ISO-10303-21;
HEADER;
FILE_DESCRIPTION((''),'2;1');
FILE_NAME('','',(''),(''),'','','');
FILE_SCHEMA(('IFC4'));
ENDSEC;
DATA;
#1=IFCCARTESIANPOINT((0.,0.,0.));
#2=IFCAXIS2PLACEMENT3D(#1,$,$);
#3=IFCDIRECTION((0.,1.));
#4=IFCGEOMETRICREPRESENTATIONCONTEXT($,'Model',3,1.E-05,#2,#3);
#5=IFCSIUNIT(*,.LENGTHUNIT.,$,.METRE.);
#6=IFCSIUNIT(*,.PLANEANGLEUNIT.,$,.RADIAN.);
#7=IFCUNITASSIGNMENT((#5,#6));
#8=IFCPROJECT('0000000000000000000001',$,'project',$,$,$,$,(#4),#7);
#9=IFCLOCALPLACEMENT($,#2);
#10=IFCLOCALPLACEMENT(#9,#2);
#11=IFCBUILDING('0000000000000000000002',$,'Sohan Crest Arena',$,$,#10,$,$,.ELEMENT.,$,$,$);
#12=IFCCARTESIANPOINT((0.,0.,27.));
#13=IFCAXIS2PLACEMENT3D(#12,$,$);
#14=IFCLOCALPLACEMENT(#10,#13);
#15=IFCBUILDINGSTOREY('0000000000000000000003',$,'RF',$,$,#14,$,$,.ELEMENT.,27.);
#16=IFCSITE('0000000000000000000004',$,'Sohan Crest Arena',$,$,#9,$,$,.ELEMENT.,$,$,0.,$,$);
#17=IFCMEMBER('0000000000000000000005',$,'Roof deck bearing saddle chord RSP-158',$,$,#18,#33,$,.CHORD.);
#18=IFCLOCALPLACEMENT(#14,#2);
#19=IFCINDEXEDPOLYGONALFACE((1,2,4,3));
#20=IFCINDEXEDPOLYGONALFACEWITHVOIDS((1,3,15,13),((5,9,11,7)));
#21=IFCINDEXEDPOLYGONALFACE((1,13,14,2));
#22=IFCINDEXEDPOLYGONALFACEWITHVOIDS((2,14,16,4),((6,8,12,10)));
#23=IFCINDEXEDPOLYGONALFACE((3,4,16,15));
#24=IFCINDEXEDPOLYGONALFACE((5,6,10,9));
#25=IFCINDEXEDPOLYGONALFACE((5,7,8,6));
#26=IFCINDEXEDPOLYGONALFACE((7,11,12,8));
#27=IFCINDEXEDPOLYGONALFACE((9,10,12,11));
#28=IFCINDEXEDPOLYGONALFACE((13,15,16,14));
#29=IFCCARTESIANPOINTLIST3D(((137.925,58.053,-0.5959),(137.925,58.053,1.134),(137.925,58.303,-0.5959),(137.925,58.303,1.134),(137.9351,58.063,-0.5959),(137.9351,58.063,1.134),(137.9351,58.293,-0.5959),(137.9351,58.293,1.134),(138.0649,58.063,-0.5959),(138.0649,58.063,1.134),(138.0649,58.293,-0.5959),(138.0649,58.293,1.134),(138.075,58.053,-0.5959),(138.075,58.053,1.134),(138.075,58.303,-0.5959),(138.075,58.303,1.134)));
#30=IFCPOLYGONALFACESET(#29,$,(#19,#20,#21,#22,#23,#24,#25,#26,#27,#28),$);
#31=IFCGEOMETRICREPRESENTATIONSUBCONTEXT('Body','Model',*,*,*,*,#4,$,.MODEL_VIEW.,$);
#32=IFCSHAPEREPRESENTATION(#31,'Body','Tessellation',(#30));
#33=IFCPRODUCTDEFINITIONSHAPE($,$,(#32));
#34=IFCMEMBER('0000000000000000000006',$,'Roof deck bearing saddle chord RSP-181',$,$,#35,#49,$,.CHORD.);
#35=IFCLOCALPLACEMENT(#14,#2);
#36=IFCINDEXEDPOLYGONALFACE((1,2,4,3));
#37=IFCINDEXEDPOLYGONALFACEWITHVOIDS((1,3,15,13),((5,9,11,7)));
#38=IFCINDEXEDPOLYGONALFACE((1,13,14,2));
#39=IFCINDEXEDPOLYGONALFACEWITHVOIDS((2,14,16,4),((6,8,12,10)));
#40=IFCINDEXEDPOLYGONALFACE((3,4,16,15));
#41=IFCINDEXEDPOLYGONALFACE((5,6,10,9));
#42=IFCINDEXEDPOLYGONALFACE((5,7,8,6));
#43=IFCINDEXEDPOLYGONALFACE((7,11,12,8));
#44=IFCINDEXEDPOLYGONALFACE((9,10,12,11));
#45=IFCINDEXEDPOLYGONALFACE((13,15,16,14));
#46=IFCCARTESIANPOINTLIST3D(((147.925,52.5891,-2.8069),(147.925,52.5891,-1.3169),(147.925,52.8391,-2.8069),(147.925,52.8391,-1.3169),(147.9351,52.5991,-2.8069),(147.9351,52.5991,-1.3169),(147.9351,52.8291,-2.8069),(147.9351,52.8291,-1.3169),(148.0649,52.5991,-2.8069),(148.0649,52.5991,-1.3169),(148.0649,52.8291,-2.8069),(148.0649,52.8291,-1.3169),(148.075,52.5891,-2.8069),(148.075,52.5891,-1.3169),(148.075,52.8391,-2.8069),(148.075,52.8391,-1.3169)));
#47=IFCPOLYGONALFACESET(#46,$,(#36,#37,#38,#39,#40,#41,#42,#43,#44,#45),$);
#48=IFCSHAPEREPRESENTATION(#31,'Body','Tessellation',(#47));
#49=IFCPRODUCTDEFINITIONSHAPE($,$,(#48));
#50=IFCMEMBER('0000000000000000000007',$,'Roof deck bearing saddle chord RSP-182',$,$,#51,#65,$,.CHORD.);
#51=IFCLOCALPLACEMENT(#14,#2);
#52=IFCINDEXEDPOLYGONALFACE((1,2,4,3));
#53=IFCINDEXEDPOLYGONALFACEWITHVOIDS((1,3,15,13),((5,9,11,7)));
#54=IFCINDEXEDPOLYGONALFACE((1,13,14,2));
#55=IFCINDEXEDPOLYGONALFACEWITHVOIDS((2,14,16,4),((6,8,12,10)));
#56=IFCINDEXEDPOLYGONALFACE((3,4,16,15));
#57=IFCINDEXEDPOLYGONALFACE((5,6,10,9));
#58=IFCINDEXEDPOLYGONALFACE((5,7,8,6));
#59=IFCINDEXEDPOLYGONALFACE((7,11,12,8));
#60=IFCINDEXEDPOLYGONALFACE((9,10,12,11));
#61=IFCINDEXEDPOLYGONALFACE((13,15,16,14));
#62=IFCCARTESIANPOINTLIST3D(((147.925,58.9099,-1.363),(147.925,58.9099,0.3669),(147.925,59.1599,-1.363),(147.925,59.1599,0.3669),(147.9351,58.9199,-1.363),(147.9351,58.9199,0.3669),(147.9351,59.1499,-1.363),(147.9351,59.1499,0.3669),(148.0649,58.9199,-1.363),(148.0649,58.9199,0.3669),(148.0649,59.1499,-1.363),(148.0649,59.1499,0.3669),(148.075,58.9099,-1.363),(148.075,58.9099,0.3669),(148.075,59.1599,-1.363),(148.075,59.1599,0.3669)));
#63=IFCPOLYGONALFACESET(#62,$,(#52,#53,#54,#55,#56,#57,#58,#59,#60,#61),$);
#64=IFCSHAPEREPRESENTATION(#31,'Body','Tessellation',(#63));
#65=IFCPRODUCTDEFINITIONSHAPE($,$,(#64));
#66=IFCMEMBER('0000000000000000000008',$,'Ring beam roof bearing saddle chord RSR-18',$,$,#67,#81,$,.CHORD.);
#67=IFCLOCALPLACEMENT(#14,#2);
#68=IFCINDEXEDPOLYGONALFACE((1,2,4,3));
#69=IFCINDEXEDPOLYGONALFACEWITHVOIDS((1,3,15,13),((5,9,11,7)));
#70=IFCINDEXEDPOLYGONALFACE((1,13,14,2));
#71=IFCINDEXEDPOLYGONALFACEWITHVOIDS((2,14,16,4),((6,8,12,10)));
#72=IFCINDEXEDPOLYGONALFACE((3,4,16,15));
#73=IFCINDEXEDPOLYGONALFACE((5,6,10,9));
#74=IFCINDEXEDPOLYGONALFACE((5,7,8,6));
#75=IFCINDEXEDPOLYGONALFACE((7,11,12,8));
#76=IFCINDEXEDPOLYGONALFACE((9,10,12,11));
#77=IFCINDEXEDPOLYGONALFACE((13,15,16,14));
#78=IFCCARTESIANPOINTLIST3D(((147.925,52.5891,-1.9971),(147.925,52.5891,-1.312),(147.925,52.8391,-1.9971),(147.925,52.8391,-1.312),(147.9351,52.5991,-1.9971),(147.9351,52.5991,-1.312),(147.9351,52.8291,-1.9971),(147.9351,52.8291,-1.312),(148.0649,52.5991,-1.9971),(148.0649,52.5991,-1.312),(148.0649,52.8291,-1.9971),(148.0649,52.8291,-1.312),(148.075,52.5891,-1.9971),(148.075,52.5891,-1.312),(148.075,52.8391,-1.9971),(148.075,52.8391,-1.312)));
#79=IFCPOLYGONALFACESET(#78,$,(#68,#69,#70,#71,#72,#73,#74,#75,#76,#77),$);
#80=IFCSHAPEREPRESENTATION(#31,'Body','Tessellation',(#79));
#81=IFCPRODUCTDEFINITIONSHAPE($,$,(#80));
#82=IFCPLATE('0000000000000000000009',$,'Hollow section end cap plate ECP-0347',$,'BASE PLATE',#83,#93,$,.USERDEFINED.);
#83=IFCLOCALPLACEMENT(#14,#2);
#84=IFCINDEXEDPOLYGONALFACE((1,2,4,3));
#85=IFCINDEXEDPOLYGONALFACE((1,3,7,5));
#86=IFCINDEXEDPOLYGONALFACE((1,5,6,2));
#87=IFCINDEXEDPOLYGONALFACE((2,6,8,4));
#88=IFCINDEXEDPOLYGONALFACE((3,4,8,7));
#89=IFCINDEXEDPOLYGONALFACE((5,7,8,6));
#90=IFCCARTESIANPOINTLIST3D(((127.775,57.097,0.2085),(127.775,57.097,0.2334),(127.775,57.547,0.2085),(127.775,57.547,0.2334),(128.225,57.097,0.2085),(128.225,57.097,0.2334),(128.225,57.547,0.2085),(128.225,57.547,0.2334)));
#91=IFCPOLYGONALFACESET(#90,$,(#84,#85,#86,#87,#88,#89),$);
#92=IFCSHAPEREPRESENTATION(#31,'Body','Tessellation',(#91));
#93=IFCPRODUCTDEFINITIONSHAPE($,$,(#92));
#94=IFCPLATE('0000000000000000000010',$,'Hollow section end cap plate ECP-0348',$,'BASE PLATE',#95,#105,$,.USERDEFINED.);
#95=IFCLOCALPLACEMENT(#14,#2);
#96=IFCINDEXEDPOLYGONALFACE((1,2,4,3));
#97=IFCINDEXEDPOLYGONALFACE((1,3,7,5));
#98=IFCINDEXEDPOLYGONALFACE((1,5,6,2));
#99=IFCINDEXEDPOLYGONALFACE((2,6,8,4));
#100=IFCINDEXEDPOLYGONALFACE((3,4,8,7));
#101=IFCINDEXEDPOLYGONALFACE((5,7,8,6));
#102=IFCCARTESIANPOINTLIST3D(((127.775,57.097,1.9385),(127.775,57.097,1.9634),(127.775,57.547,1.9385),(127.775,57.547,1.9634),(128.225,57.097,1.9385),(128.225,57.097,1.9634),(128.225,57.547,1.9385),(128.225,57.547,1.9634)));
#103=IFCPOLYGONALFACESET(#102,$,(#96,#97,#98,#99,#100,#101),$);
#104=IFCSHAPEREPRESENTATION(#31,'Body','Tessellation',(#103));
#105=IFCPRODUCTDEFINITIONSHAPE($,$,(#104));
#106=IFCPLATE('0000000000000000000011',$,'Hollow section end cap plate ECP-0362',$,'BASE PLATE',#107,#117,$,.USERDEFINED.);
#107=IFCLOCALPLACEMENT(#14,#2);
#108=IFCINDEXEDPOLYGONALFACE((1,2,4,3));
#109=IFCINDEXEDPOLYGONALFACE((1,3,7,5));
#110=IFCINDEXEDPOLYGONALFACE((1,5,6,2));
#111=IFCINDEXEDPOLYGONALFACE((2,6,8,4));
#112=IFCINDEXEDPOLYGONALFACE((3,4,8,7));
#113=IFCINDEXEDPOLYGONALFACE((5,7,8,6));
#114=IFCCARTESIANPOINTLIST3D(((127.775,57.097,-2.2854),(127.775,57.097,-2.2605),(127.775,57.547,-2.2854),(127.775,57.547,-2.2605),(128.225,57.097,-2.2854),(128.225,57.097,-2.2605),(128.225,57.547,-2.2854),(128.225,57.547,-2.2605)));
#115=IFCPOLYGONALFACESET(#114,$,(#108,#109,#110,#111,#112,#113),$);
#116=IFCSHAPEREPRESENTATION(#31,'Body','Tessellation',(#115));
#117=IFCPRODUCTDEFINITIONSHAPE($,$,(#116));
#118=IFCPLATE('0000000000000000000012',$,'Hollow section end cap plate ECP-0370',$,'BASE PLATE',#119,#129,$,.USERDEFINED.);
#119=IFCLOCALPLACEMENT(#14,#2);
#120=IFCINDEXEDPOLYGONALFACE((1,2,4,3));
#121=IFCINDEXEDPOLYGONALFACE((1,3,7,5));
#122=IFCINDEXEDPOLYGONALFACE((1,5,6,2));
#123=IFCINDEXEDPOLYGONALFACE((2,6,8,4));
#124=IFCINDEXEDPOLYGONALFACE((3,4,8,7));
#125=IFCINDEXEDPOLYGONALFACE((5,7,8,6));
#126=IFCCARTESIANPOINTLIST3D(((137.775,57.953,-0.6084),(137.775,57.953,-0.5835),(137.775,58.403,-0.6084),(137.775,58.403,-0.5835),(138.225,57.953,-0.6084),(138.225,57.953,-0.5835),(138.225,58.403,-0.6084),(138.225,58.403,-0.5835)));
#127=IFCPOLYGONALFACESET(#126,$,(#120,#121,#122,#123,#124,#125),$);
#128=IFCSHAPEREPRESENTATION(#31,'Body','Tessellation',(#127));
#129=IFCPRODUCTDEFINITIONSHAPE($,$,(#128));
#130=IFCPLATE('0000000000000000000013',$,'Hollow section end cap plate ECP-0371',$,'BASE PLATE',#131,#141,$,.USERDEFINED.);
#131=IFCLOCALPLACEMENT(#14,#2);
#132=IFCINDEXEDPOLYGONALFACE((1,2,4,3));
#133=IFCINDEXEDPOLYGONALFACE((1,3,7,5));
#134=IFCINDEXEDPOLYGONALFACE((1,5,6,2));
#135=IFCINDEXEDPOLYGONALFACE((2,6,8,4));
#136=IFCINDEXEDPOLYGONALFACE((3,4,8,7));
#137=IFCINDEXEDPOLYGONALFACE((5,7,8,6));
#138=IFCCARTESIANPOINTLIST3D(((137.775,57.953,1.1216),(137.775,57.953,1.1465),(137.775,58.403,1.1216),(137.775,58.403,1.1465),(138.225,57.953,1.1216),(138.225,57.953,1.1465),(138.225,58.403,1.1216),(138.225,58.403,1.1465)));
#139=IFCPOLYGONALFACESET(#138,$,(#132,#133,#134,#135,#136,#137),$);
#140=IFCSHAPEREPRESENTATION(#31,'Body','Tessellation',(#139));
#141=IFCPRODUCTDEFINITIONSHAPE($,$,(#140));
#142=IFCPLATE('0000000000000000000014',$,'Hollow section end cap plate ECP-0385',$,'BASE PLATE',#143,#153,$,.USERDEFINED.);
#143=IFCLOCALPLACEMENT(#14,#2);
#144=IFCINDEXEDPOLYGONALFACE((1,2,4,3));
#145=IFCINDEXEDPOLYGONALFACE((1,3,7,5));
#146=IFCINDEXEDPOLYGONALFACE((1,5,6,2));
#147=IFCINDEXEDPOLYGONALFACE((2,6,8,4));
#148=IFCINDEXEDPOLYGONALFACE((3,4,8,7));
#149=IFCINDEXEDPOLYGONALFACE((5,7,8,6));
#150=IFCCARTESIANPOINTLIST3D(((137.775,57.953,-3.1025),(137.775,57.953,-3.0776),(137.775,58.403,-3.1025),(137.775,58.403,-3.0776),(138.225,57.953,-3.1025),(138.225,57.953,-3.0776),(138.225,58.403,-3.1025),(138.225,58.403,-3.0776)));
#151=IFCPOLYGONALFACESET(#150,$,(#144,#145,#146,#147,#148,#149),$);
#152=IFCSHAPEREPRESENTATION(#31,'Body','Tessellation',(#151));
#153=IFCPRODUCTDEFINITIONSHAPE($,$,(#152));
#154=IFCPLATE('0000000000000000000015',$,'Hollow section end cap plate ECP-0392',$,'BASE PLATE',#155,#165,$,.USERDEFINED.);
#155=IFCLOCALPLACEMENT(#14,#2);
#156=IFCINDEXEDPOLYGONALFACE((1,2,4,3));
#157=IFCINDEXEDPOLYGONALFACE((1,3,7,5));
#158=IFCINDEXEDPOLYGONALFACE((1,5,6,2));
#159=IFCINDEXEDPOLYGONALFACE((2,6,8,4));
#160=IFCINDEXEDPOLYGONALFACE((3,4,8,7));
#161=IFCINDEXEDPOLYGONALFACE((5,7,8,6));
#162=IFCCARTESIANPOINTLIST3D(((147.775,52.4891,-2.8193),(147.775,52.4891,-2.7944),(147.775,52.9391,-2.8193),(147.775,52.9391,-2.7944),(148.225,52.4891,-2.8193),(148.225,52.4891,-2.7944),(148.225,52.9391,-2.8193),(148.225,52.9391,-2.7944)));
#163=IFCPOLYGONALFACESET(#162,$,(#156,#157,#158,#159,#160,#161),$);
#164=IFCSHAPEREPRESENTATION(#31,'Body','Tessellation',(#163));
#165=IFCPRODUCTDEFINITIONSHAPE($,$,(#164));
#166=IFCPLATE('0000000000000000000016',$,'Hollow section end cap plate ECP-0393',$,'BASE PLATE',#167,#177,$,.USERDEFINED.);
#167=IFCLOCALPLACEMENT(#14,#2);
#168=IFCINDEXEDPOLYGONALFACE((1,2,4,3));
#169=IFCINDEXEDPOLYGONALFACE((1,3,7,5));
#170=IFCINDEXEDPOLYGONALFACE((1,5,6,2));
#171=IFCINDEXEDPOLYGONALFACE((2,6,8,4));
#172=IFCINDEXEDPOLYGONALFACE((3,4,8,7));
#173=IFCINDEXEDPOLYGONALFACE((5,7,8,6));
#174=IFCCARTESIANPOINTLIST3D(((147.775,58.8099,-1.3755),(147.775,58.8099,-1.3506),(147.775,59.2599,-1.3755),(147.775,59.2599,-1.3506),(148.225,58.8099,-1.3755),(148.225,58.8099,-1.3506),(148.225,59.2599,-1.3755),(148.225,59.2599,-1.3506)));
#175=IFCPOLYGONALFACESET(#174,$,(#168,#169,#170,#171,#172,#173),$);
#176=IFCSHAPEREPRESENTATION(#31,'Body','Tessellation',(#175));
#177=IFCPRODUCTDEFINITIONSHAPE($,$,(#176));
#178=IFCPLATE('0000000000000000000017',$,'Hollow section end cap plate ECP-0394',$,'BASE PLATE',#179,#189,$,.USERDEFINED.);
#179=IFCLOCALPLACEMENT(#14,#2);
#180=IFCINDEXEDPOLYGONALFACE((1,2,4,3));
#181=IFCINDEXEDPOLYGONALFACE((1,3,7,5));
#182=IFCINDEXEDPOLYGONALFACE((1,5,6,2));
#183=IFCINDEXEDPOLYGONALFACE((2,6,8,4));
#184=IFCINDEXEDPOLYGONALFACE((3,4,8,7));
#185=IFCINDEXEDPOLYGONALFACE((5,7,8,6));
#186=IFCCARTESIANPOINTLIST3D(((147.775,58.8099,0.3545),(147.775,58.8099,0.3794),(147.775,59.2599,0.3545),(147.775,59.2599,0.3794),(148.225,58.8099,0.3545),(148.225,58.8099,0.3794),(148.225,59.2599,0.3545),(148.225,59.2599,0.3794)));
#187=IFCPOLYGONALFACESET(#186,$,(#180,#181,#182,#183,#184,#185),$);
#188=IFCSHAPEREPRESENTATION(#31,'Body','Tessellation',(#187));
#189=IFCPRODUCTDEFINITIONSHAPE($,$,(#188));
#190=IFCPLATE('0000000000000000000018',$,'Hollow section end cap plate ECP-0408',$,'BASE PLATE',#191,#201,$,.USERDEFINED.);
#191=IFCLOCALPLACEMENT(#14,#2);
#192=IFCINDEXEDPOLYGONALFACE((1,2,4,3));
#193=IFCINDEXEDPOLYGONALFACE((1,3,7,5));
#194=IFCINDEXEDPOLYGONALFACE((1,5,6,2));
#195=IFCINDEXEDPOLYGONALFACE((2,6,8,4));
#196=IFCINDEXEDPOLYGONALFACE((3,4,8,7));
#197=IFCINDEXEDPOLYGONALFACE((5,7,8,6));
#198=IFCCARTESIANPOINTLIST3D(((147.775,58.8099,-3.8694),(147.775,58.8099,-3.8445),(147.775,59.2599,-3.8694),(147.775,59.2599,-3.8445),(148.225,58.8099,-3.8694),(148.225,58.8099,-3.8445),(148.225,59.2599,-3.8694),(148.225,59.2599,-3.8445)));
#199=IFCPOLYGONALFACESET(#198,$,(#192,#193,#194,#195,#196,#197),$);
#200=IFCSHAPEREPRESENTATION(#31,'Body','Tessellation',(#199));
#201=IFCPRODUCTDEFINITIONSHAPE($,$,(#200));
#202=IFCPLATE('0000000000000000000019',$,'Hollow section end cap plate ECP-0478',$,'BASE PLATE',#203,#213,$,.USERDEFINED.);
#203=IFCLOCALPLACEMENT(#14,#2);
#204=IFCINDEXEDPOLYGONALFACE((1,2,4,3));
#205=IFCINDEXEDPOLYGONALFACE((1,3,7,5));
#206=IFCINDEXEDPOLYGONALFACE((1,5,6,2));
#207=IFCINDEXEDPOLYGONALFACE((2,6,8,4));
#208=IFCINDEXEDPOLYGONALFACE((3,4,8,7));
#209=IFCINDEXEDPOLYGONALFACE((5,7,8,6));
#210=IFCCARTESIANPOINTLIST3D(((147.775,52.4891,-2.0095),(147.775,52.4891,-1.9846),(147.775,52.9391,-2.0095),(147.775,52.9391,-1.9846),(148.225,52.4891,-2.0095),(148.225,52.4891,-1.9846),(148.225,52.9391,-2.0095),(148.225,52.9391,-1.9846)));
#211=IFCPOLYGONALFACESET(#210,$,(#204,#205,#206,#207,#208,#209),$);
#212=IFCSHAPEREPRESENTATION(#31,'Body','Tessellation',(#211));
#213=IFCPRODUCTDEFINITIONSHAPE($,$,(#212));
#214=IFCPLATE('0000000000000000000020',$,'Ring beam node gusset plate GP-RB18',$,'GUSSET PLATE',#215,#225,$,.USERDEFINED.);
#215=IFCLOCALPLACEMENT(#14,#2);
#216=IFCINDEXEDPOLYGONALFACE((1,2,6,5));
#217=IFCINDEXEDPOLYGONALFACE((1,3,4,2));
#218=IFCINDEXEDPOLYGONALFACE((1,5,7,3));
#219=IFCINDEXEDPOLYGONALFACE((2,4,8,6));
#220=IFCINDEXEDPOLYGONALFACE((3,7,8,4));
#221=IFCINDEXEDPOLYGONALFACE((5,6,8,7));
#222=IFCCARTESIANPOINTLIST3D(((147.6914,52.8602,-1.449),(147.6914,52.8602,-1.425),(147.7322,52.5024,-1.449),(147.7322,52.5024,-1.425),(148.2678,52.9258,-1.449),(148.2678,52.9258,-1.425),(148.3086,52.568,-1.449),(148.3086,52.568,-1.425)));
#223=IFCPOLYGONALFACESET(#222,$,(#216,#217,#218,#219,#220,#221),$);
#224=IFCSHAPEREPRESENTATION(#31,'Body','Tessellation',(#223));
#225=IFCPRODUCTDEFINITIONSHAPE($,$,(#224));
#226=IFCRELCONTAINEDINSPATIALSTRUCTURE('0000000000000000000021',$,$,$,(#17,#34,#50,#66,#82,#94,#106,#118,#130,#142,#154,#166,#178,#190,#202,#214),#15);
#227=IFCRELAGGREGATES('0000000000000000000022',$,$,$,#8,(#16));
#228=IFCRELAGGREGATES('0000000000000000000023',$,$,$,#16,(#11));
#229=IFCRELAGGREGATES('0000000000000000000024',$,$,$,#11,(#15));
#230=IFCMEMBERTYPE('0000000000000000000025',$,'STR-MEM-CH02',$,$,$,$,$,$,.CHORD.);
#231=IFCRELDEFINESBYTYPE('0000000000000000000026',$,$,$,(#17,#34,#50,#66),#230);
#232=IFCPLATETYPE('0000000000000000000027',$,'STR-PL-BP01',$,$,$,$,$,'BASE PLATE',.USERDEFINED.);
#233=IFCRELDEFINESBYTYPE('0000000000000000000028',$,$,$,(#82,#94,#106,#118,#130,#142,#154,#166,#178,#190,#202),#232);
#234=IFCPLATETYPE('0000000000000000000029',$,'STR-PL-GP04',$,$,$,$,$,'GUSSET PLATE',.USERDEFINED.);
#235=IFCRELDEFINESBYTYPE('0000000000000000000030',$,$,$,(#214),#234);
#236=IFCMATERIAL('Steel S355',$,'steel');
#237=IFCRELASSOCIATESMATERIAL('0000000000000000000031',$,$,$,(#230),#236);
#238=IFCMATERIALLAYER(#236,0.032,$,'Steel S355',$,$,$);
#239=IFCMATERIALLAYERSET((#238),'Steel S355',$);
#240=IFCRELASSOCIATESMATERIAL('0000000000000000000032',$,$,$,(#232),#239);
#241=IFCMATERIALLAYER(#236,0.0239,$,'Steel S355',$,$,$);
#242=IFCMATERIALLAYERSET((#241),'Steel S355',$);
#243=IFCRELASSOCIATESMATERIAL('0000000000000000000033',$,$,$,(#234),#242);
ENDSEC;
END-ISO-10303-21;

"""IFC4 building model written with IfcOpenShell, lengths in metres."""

from ifc_helpers import new_model, si_unit, direction, frame, origin, origin_2d, place, context, subcontext, project, spatial, rectangle, hollow_rectangle, extrude, material, layer, layer_set, material_profile, profile_set, type_object, element, save


model = new_model("IFC4")

# Units and contexts
model_context = context("Model", 3, precision=1e-05, world=origin(), true_north=direction((0.0, 1.0)))
body_context = subcontext(model_context, "Body", "Model", "MODEL_VIEW")
ifc_project = project(units=[si_unit("LENGTHUNIT", "METRE"), si_unit("PLANEANGLEUNIT", "RADIAN")], contexts=[model_context])

# Site, building, storey
site_placement = place(None, origin())
site = spatial("IfcSite", under=ifc_project, at=site_placement, Name="Sohan Crest Arena", CompositionType="ELEMENT", RefElevation=0.0)
building_placement = place(site_placement, origin())
building = spatial("IfcBuilding", under=site, at=building_placement, Name="Sohan Crest Arena", CompositionType="ELEMENT")
storey_placement = place(building_placement, frame((0.0, 0.0, 27.0)))
storey = spatial("IfcBuildingStorey", under=building, at=storey_placement, Name="RF", CompositionType="ELEMENT", Elevation=27.0)

# Shared definitions
ifc_material_1 = material(Name="Steel S355", Category="steel")

# Members
ifc_material_profile_1 = material_profile(ifc_material_1, hollow_rectangle(XDim=0.1499, YDim=0.25, WallThickness=0.01, at=origin_2d()), Name="RHS 250x150x10")
ifc_profile_set_1 = profile_set([ifc_material_profile_1], Name="Steel S355")
member_type_1 = type_object("IfcMemberType", Name="STR-MEM-CH02", PredefinedType="CHORD", material=ifc_profile_set_1)
member_1_placement = place(storey_placement, frame((138.0, 58.178, -0.5959), z_axis=(0.0, 0.0, 1.0), x_axis=(1.0, 0.0, 0.0)))
element("IfcMember", 1, at=member_1_placement, inside=storey, type_object=member_type_1, Name="Roof deck bearing saddle chord RSP-158", PredefinedType="CHORD", context=body_context, shape_type="SweptSolid", body=[
    extrude(hollow_rectangle(XDim=0.1499, YDim=0.25, WallThickness=0.01, at=origin_2d()), origin(), (0.0, 0.0, 1.0), 1.73),
])
member_2_placement = place(storey_placement, frame((148.0, 52.7141, -2.8069), z_axis=(0.0, 0.0, 1.0), x_axis=(1.0, 0.0, 0.0)))
element("IfcMember", 2, at=member_2_placement, inside=storey, type_object=member_type_1, Name="Roof deck bearing saddle chord RSP-181", PredefinedType="CHORD", context=body_context, shape_type="SweptSolid", body=[
    extrude(hollow_rectangle(XDim=0.1499, YDim=0.25, WallThickness=0.01, at=origin_2d()), origin(), (0.0, 0.0, 1.0), 1.49),
])
member_3_placement = place(storey_placement, frame((148.0, 59.0349, -1.363), z_axis=(0.0, 0.0, 1.0), x_axis=(1.0, 0.0, 0.0)))
element("IfcMember", 3, at=member_3_placement, inside=storey, type_object=member_type_1, Name="Roof deck bearing saddle chord RSP-182", PredefinedType="CHORD", context=body_context, shape_type="SweptSolid", body=[
    extrude(hollow_rectangle(XDim=0.1499, YDim=0.25, WallThickness=0.01, at=origin_2d()), origin(), (0.0, 0.0, 1.0), 1.73),
])
member_4_placement = place(storey_placement, frame((148.0, 52.7141, -1.9971), z_axis=(0.0, 0.0, 1.0), x_axis=(1.0, 0.0, 0.0)))
element("IfcMember", 4, at=member_4_placement, inside=storey, type_object=member_type_1, Name="Ring beam roof bearing saddle chord RSR-18", PredefinedType="CHORD", context=body_context, shape_type="SweptSolid", body=[
    extrude(hollow_rectangle(XDim=0.1499, YDim=0.25, WallThickness=0.01, at=origin_2d()), origin(), (0.0, 0.0, 1.0), 0.6851),
])

# Plates
ifc_layer_1 = layer(ifc_material_1, 0.032, Name="Steel S355")
ifc_layer_set_1 = layer_set([ifc_layer_1], Name="Steel S355")
plate_type_1 = type_object("IfcPlateType", Name="STR-PL-BP01", ElementType="BASE PLATE", PredefinedType="USERDEFINED", material=ifc_layer_set_1)
for number, where, z_axis, x_axis, name in (
    (5, (128.0, 57.322, 0.2085), (0.0, 0.0, 1.0), (1.0, 0.0, 0.0), "Hollow section end cap plate ECP-0347"),
    (6, (128.0, 57.322, 1.9385), (0.0, 0.0, 1.0), (1.0, 0.0, 0.0), "Hollow section end cap plate ECP-0348"),
    (7, (128.0, 57.322, -2.2854), (0.0, 0.0, 1.0), (1.0, 0.0, 0.0), "Hollow section end cap plate ECP-0362"),
    (8, (138.0, 58.178, -0.6084), (0.0, 0.0, 1.0), (1.0, 0.0, 0.0), "Hollow section end cap plate ECP-0370"),
    (9, (138.0, 58.178, 1.1216), (0.0, 0.0, 1.0), (1.0, 0.0, 0.0), "Hollow section end cap plate ECP-0371"),
    (10, (138.0, 58.178, -3.1025), (0.0, 0.0, 1.0), (1.0, 0.0, 0.0), "Hollow section end cap plate ECP-0385"),
    (11, (148.0, 52.7141, -2.8193), (0.0, 0.0, 1.0), (1.0, 0.0, 0.0), "Hollow section end cap plate ECP-0392"),
    (12, (148.0, 59.0349, -1.3755), (0.0, 0.0, 1.0), (1.0, 0.0, 0.0), "Hollow section end cap plate ECP-0393"),
    (13, (148.0, 59.0349, 0.3545), (0.0, 0.0, 1.0), (1.0, 0.0, 0.0), "Hollow section end cap plate ECP-0394"),
    (14, (148.0, 59.0349, -3.8694), (0.0, 0.0, 1.0), (1.0, 0.0, 0.0), "Hollow section end cap plate ECP-0408"),
    (15, (148.0, 52.7141, -2.0095), (0.0, 0.0, 1.0), (1.0, 0.0, 0.0), "Hollow section end cap plate ECP-0478"),
):
    element("IfcPlate", number, at=place(storey_placement, frame(where, z_axis=z_axis, x_axis=x_axis)), inside=storey, type_object=plate_type_1, Name=name, ObjectType="BASE PLATE", PredefinedType="USERDEFINED", context=body_context, shape_type="SweptSolid", body=[
        extrude(rectangle(XDim=0.45, YDim=0.45, at=origin_2d()), origin(), (0.0, 0.0, 1.0), 0.0249),
    ])
ifc_layer_2 = layer(ifc_material_1, 0.0239, Name="Steel S355")
ifc_layer_set_2 = layer_set([ifc_layer_2], Name="Steel S355")
plate_type_2 = type_object("IfcPlateType", Name="STR-PL-GP04", ElementType="GUSSET PLATE", PredefinedType="USERDEFINED", material=ifc_layer_set_2)
plate_placement = place(storey_placement, frame((148.0, 52.7141, -1.449), z_axis=(0.0, 0.0, 1.0), x_axis=(0.993572, 0.113203, 0.0)))
element("IfcPlate", 16, at=plate_placement, inside=storey, type_object=plate_type_2, Name="Ring beam node gusset plate GP-RB18", ObjectType="GUSSET PLATE", PredefinedType="USERDEFINED", context=body_context, shape_type="SweptSolid", body=[
    extrude(rectangle(XDim=0.5801, YDim=0.3601, at=origin_2d()), origin(), (0.0, 0.0, 1.0), 0.0239),
])

save(model, "model.ifc")
